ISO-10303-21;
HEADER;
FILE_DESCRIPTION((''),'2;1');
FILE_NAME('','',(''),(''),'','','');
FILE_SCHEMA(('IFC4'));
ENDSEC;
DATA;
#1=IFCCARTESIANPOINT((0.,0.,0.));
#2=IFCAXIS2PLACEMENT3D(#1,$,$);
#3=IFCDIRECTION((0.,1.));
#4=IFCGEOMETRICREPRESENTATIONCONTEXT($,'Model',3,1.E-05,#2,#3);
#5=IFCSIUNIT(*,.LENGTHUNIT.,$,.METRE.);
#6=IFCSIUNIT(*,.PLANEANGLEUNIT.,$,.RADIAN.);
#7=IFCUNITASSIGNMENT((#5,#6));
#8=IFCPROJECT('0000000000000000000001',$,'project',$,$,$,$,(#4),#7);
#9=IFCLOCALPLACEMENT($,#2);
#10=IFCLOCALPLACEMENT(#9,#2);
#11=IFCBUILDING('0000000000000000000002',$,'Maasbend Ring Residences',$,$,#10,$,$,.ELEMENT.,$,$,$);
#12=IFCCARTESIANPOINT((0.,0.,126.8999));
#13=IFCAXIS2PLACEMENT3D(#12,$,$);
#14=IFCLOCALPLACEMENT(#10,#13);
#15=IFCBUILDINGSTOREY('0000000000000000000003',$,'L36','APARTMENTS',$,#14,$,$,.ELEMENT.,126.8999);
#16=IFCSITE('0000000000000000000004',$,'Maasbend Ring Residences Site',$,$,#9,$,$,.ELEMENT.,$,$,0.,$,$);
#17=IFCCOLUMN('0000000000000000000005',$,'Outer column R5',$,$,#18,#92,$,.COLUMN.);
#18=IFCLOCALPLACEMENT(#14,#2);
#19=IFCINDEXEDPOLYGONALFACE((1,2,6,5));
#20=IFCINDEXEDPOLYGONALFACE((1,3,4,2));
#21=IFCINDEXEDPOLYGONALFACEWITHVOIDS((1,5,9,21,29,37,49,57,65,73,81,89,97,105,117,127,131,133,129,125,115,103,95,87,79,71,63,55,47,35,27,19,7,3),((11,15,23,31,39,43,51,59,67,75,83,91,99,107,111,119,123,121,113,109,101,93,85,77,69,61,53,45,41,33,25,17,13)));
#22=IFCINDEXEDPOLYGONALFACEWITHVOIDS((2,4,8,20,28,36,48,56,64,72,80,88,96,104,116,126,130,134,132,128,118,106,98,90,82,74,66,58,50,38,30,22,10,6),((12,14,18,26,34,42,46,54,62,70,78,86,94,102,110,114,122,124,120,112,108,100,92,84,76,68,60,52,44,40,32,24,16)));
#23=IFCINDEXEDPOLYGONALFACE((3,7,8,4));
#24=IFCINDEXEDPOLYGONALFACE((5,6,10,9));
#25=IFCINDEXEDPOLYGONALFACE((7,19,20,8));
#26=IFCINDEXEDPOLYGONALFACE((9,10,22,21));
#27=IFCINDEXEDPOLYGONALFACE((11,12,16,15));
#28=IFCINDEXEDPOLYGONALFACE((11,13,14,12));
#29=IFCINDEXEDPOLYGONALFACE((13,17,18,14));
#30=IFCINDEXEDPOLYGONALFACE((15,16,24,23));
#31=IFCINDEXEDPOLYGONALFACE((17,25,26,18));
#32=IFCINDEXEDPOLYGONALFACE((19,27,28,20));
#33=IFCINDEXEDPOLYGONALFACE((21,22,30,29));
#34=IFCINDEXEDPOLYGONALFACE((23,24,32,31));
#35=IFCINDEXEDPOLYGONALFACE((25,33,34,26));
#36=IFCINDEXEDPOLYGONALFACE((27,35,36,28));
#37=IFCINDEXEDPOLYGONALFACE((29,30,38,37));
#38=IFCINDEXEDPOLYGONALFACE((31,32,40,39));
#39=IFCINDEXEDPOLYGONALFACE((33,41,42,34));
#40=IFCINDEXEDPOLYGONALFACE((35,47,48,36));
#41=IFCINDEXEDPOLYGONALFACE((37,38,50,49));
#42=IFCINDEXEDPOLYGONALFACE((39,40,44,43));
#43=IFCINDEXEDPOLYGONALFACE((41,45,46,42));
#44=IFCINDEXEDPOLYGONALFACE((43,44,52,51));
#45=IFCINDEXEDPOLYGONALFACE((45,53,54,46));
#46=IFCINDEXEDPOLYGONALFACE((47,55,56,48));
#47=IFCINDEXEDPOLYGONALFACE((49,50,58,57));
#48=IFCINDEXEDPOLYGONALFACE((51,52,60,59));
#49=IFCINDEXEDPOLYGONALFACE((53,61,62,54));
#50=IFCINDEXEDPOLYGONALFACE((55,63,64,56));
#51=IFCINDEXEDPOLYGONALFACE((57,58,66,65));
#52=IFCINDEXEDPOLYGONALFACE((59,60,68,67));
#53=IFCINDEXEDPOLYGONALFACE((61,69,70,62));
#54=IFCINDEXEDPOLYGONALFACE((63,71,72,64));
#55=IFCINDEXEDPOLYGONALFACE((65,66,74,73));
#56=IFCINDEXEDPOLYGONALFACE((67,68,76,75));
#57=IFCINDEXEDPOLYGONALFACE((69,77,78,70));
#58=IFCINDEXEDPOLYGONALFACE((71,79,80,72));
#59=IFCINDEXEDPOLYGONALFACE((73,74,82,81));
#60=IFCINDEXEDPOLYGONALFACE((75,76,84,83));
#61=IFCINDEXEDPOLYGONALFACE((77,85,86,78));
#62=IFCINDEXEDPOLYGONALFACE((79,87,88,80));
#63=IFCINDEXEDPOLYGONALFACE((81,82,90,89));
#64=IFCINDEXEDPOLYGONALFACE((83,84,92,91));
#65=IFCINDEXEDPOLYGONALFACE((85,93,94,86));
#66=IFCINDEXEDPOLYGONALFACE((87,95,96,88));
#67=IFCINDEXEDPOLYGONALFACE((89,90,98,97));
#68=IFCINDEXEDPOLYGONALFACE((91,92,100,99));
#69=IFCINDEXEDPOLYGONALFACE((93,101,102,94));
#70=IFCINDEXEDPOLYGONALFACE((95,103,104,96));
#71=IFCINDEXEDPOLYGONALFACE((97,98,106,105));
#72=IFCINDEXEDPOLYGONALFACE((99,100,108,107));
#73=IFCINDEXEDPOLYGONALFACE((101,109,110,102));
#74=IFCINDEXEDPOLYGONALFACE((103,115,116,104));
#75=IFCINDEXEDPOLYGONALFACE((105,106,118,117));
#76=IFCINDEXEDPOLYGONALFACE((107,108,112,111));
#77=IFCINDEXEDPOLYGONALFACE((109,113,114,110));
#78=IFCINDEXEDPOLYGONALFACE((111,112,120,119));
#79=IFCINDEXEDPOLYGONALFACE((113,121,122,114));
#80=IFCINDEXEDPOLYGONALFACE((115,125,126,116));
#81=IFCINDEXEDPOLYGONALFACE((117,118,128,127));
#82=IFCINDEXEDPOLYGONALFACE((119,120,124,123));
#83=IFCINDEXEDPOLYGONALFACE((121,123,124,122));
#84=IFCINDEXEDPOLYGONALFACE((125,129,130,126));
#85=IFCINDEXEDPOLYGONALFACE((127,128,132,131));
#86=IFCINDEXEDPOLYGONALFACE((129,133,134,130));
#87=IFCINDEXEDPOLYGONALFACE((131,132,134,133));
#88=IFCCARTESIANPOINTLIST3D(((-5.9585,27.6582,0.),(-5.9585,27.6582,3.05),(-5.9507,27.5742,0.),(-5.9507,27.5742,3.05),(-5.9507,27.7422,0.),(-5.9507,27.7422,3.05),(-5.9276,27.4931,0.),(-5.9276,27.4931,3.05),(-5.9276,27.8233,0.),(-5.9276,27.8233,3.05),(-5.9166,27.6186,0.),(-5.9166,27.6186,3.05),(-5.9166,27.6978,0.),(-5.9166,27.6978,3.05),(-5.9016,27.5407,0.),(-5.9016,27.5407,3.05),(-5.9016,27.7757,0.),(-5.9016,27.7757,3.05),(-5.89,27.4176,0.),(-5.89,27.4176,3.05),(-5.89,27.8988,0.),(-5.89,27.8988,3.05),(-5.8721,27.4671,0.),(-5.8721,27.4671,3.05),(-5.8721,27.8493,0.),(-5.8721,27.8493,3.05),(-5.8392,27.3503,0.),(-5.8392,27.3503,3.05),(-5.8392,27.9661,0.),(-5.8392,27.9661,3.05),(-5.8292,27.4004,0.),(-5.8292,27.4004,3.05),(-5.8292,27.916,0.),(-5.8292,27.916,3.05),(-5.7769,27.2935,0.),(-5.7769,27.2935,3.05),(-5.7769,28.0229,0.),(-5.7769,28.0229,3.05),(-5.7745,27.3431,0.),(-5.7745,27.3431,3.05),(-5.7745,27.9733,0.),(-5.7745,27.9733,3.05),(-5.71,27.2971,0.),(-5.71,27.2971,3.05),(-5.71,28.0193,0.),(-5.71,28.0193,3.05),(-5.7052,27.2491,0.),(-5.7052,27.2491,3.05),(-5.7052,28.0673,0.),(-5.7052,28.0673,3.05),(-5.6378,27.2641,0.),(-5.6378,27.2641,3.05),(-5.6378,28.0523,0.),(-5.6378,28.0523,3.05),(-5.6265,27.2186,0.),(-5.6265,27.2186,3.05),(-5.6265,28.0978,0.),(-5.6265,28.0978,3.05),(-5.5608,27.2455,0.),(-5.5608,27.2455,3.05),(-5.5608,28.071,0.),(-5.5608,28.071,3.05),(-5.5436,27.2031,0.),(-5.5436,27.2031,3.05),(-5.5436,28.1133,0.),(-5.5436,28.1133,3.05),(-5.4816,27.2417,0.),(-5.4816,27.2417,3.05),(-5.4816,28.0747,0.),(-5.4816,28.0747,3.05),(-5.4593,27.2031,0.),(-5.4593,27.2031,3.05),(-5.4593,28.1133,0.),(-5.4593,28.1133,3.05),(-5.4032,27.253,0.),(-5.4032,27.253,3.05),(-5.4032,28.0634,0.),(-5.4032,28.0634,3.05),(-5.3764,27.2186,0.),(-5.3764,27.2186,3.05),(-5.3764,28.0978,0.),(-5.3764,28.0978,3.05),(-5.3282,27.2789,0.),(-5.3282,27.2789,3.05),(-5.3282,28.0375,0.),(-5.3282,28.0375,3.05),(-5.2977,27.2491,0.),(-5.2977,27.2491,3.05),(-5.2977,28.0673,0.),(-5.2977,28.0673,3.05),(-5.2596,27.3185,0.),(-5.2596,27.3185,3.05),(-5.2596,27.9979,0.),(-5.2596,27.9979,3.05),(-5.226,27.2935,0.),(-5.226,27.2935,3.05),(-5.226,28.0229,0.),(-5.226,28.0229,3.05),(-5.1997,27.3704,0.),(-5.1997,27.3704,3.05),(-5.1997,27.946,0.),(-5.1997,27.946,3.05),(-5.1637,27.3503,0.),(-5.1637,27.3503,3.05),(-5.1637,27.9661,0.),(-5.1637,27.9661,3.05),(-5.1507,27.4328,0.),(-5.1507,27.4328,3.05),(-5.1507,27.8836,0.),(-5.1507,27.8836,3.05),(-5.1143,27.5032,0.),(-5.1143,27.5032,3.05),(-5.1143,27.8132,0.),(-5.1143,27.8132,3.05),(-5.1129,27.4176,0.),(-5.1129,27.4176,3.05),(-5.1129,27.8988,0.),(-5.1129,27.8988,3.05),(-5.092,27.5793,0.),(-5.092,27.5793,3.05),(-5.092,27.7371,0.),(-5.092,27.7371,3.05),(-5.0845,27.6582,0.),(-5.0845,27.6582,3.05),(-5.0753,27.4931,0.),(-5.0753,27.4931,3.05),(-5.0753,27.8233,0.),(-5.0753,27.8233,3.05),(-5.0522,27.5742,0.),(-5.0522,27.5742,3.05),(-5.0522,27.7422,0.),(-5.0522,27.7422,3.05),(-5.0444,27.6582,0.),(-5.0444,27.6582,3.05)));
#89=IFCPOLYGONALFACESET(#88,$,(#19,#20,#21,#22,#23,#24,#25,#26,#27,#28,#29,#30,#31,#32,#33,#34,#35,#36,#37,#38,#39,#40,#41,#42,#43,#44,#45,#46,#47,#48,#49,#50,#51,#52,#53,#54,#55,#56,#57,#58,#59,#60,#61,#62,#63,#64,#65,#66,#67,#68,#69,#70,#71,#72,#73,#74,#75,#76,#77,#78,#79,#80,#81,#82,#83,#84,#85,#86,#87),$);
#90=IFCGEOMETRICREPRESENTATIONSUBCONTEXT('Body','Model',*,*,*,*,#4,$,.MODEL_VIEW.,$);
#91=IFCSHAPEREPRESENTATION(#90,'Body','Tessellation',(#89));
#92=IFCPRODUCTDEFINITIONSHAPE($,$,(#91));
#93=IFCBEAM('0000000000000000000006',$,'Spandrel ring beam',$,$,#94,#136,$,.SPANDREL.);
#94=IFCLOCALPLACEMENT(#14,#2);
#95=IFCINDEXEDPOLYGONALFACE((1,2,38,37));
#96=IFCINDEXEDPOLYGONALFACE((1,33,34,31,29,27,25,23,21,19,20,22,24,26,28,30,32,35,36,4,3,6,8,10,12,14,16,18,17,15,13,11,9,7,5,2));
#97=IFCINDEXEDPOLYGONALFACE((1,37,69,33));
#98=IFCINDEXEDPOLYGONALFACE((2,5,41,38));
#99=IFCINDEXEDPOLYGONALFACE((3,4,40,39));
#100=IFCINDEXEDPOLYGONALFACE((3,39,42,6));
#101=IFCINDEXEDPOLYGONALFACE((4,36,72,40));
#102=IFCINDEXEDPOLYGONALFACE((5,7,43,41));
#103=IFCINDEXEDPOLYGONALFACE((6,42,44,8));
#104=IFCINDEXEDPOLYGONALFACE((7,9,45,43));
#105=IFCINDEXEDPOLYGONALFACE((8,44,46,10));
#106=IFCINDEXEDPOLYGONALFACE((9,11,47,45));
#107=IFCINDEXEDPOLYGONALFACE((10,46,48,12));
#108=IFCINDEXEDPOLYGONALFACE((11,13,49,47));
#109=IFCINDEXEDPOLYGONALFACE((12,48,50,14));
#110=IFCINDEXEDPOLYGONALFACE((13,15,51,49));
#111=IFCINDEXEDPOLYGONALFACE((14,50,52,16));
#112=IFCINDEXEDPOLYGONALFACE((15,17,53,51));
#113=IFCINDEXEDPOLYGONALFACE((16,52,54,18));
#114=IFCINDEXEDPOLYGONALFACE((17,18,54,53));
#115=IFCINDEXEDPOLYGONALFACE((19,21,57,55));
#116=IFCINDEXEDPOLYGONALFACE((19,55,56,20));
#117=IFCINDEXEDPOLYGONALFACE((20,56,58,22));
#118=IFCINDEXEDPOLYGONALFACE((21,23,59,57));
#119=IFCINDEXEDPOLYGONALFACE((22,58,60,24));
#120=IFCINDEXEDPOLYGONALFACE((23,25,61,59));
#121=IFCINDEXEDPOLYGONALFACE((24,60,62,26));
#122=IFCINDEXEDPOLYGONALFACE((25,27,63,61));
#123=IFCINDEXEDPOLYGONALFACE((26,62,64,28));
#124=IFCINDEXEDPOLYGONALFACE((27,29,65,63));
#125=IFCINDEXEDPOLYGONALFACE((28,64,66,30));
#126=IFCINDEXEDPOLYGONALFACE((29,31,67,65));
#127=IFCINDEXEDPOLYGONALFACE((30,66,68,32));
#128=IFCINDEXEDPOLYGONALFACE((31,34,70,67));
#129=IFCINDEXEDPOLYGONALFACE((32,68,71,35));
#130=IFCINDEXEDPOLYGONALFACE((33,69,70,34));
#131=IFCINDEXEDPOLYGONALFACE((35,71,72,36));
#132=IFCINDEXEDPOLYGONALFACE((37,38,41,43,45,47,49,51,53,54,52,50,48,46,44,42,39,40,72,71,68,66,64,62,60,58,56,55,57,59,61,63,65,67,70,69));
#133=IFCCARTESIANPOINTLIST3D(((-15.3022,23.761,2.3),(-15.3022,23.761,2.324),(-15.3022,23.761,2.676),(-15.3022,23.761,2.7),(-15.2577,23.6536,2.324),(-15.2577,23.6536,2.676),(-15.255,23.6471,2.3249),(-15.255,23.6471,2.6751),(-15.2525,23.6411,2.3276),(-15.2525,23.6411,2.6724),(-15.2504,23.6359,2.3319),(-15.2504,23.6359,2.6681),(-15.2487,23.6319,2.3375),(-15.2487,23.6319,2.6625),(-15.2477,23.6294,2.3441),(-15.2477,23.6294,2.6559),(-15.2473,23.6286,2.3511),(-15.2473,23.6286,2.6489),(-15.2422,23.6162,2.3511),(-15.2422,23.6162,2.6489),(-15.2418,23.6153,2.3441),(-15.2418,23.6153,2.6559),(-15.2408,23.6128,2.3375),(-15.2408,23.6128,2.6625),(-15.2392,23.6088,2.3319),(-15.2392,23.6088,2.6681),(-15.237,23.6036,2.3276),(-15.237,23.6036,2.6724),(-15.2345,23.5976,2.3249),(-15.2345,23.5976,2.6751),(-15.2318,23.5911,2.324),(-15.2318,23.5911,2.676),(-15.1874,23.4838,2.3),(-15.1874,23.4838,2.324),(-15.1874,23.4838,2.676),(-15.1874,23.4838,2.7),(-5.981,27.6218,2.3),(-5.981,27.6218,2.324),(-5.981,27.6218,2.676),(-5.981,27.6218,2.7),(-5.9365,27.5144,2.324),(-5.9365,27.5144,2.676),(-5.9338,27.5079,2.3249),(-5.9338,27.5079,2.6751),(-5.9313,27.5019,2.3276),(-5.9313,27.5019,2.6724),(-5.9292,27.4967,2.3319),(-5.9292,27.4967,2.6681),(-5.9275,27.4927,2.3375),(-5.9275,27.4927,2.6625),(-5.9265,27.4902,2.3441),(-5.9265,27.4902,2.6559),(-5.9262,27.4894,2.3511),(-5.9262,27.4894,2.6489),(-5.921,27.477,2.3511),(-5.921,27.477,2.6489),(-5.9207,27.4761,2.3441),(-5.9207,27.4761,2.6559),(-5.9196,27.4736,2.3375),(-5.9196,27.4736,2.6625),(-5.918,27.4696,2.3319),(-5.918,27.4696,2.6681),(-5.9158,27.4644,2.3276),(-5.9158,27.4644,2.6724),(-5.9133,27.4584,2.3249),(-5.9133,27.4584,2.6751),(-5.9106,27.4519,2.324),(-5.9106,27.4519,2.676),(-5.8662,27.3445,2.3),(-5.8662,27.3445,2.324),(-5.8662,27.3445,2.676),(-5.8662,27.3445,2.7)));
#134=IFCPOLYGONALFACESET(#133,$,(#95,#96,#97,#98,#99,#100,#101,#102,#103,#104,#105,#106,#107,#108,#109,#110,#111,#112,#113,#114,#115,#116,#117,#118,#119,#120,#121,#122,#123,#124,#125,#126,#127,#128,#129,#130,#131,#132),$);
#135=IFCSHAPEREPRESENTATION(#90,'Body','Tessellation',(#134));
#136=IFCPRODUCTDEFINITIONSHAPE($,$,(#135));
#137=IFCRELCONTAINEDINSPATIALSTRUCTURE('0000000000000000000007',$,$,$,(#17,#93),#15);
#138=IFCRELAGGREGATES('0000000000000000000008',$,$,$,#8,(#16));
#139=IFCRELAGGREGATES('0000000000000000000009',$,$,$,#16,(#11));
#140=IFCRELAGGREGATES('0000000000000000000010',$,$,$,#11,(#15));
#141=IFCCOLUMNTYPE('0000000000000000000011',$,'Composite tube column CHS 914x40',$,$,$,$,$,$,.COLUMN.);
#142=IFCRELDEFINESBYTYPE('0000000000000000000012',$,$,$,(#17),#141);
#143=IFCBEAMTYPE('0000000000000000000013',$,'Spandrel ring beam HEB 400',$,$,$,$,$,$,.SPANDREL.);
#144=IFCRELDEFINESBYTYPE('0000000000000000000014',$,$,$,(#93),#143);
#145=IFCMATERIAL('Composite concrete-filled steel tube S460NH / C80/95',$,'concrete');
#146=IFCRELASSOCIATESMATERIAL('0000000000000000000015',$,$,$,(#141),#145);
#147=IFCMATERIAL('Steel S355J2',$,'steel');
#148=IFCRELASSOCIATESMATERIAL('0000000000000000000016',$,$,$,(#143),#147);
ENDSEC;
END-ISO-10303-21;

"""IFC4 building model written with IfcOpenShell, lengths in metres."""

from ifc_helpers import new_model, si_unit, direction, frame, origin, origin_2d, place, context, subcontext, project, spatial, hollow_circle, i_section, extrude, material, material_profile, profile_set, type_object, element, save


model = new_model("IFC4")

# Units and contexts
model_context = context("Model", 3, precision=1e-05, world=origin(), true_north=direction((0.0, 1.0)))
body_context = subcontext(model_context, "Body", "Model", "MODEL_VIEW")
ifc_project = project(units=[si_unit("LENGTHUNIT", "METRE"), si_unit("PLANEANGLEUNIT", "RADIAN")], contexts=[model_context])

# Site, building, storey
site_placement = place(None, origin())
site = spatial("IfcSite", under=ifc_project, at=site_placement, Name="Maasbend Ring Residences Site", CompositionType="ELEMENT", RefElevation=0.0)
building_placement = place(site_placement, origin())
building = spatial("IfcBuilding", under=site, at=building_placement, Name="Maasbend Ring Residences", CompositionType="ELEMENT")
storey_placement = place(building_placement, frame((0.0, 0.0, 126.8999)))
storey = spatial("IfcBuildingStorey", under=building, at=storey_placement, Name="L36", Description="APARTMENTS", CompositionType="ELEMENT", Elevation=126.8999)

# Column
ifc_material_1 = material(Name="Composite concrete-filled steel tube S460NH / C80/95", Category="concrete")
ifc_material_profile_1 = material_profile(ifc_material_1, hollow_circle(Radius=0.457, WallThickness=0.04, at=origin_2d()), Name="Composite tube column CHS 914x40")
ifc_profile_set_1 = profile_set([ifc_material_profile_1], Name="Composite concrete-filled steel tube S460NH / C80/95")
column_type = type_object("IfcColumnType", Name="Composite tube column CHS 914x40", PredefinedType="COLUMN", material=ifc_profile_set_1)
column_placement = place(storey_placement, frame((-5.5015, 27.6582, 0.0), z_axis=(0.0, 0.0, 1.0), x_axis=(1.0, 0.0, 0.0)))
element("IfcColumn", 1, at=column_placement, inside=storey, type_object=column_type, Name="Outer column R5", PredefinedType="COLUMN", context=body_context, shape_type="SweptSolid", body=[
    extrude(hollow_circle(Radius=0.457, WallThickness=0.04, at=origin_2d()), origin(), (0.0, 0.0, 1.0), 3.05),
])

# Beam
ifc_material_2 = material(Name="Steel S355J2", Category="steel")
ifc_material_profile_2 = material_profile(ifc_material_2, i_section(OverallWidth=0.3, OverallDepth=0.3999, WebThickness=0.0134, FlangeThickness=0.0239, FilletRadius=0.0271, at=origin_2d()), Name="HEB 400")
ifc_profile_set_2 = profile_set([ifc_material_profile_2], Name="Steel S355J2")
beam_type = type_object("IfcBeamType", Name="Spandrel ring beam HEB 400", PredefinedType="SPANDREL", material=ifc_profile_set_2)
beam_placement = place(storey_placement, frame((-5.9236, 27.4832, 2.5), z_axis=(-0.923885, -0.38267, 0.0), x_axis=(0.38267, -0.923885, 0.0)))
element("IfcBeam", 2, at=beam_placement, inside=storey, type_object=beam_type, Name="Spandrel ring beam", PredefinedType="SPANDREL", context=body_context, shape_type="SweptSolid", body=[
    extrude(i_section(OverallWidth=0.3, OverallDepth=0.3999, WebThickness=0.0134, FlangeThickness=0.0239, FilletRadius=0.0271, at=origin_2d()), origin(), (0.0, 0.0, 1.0), 10.0891),
])

save(model, "model.ifc")
